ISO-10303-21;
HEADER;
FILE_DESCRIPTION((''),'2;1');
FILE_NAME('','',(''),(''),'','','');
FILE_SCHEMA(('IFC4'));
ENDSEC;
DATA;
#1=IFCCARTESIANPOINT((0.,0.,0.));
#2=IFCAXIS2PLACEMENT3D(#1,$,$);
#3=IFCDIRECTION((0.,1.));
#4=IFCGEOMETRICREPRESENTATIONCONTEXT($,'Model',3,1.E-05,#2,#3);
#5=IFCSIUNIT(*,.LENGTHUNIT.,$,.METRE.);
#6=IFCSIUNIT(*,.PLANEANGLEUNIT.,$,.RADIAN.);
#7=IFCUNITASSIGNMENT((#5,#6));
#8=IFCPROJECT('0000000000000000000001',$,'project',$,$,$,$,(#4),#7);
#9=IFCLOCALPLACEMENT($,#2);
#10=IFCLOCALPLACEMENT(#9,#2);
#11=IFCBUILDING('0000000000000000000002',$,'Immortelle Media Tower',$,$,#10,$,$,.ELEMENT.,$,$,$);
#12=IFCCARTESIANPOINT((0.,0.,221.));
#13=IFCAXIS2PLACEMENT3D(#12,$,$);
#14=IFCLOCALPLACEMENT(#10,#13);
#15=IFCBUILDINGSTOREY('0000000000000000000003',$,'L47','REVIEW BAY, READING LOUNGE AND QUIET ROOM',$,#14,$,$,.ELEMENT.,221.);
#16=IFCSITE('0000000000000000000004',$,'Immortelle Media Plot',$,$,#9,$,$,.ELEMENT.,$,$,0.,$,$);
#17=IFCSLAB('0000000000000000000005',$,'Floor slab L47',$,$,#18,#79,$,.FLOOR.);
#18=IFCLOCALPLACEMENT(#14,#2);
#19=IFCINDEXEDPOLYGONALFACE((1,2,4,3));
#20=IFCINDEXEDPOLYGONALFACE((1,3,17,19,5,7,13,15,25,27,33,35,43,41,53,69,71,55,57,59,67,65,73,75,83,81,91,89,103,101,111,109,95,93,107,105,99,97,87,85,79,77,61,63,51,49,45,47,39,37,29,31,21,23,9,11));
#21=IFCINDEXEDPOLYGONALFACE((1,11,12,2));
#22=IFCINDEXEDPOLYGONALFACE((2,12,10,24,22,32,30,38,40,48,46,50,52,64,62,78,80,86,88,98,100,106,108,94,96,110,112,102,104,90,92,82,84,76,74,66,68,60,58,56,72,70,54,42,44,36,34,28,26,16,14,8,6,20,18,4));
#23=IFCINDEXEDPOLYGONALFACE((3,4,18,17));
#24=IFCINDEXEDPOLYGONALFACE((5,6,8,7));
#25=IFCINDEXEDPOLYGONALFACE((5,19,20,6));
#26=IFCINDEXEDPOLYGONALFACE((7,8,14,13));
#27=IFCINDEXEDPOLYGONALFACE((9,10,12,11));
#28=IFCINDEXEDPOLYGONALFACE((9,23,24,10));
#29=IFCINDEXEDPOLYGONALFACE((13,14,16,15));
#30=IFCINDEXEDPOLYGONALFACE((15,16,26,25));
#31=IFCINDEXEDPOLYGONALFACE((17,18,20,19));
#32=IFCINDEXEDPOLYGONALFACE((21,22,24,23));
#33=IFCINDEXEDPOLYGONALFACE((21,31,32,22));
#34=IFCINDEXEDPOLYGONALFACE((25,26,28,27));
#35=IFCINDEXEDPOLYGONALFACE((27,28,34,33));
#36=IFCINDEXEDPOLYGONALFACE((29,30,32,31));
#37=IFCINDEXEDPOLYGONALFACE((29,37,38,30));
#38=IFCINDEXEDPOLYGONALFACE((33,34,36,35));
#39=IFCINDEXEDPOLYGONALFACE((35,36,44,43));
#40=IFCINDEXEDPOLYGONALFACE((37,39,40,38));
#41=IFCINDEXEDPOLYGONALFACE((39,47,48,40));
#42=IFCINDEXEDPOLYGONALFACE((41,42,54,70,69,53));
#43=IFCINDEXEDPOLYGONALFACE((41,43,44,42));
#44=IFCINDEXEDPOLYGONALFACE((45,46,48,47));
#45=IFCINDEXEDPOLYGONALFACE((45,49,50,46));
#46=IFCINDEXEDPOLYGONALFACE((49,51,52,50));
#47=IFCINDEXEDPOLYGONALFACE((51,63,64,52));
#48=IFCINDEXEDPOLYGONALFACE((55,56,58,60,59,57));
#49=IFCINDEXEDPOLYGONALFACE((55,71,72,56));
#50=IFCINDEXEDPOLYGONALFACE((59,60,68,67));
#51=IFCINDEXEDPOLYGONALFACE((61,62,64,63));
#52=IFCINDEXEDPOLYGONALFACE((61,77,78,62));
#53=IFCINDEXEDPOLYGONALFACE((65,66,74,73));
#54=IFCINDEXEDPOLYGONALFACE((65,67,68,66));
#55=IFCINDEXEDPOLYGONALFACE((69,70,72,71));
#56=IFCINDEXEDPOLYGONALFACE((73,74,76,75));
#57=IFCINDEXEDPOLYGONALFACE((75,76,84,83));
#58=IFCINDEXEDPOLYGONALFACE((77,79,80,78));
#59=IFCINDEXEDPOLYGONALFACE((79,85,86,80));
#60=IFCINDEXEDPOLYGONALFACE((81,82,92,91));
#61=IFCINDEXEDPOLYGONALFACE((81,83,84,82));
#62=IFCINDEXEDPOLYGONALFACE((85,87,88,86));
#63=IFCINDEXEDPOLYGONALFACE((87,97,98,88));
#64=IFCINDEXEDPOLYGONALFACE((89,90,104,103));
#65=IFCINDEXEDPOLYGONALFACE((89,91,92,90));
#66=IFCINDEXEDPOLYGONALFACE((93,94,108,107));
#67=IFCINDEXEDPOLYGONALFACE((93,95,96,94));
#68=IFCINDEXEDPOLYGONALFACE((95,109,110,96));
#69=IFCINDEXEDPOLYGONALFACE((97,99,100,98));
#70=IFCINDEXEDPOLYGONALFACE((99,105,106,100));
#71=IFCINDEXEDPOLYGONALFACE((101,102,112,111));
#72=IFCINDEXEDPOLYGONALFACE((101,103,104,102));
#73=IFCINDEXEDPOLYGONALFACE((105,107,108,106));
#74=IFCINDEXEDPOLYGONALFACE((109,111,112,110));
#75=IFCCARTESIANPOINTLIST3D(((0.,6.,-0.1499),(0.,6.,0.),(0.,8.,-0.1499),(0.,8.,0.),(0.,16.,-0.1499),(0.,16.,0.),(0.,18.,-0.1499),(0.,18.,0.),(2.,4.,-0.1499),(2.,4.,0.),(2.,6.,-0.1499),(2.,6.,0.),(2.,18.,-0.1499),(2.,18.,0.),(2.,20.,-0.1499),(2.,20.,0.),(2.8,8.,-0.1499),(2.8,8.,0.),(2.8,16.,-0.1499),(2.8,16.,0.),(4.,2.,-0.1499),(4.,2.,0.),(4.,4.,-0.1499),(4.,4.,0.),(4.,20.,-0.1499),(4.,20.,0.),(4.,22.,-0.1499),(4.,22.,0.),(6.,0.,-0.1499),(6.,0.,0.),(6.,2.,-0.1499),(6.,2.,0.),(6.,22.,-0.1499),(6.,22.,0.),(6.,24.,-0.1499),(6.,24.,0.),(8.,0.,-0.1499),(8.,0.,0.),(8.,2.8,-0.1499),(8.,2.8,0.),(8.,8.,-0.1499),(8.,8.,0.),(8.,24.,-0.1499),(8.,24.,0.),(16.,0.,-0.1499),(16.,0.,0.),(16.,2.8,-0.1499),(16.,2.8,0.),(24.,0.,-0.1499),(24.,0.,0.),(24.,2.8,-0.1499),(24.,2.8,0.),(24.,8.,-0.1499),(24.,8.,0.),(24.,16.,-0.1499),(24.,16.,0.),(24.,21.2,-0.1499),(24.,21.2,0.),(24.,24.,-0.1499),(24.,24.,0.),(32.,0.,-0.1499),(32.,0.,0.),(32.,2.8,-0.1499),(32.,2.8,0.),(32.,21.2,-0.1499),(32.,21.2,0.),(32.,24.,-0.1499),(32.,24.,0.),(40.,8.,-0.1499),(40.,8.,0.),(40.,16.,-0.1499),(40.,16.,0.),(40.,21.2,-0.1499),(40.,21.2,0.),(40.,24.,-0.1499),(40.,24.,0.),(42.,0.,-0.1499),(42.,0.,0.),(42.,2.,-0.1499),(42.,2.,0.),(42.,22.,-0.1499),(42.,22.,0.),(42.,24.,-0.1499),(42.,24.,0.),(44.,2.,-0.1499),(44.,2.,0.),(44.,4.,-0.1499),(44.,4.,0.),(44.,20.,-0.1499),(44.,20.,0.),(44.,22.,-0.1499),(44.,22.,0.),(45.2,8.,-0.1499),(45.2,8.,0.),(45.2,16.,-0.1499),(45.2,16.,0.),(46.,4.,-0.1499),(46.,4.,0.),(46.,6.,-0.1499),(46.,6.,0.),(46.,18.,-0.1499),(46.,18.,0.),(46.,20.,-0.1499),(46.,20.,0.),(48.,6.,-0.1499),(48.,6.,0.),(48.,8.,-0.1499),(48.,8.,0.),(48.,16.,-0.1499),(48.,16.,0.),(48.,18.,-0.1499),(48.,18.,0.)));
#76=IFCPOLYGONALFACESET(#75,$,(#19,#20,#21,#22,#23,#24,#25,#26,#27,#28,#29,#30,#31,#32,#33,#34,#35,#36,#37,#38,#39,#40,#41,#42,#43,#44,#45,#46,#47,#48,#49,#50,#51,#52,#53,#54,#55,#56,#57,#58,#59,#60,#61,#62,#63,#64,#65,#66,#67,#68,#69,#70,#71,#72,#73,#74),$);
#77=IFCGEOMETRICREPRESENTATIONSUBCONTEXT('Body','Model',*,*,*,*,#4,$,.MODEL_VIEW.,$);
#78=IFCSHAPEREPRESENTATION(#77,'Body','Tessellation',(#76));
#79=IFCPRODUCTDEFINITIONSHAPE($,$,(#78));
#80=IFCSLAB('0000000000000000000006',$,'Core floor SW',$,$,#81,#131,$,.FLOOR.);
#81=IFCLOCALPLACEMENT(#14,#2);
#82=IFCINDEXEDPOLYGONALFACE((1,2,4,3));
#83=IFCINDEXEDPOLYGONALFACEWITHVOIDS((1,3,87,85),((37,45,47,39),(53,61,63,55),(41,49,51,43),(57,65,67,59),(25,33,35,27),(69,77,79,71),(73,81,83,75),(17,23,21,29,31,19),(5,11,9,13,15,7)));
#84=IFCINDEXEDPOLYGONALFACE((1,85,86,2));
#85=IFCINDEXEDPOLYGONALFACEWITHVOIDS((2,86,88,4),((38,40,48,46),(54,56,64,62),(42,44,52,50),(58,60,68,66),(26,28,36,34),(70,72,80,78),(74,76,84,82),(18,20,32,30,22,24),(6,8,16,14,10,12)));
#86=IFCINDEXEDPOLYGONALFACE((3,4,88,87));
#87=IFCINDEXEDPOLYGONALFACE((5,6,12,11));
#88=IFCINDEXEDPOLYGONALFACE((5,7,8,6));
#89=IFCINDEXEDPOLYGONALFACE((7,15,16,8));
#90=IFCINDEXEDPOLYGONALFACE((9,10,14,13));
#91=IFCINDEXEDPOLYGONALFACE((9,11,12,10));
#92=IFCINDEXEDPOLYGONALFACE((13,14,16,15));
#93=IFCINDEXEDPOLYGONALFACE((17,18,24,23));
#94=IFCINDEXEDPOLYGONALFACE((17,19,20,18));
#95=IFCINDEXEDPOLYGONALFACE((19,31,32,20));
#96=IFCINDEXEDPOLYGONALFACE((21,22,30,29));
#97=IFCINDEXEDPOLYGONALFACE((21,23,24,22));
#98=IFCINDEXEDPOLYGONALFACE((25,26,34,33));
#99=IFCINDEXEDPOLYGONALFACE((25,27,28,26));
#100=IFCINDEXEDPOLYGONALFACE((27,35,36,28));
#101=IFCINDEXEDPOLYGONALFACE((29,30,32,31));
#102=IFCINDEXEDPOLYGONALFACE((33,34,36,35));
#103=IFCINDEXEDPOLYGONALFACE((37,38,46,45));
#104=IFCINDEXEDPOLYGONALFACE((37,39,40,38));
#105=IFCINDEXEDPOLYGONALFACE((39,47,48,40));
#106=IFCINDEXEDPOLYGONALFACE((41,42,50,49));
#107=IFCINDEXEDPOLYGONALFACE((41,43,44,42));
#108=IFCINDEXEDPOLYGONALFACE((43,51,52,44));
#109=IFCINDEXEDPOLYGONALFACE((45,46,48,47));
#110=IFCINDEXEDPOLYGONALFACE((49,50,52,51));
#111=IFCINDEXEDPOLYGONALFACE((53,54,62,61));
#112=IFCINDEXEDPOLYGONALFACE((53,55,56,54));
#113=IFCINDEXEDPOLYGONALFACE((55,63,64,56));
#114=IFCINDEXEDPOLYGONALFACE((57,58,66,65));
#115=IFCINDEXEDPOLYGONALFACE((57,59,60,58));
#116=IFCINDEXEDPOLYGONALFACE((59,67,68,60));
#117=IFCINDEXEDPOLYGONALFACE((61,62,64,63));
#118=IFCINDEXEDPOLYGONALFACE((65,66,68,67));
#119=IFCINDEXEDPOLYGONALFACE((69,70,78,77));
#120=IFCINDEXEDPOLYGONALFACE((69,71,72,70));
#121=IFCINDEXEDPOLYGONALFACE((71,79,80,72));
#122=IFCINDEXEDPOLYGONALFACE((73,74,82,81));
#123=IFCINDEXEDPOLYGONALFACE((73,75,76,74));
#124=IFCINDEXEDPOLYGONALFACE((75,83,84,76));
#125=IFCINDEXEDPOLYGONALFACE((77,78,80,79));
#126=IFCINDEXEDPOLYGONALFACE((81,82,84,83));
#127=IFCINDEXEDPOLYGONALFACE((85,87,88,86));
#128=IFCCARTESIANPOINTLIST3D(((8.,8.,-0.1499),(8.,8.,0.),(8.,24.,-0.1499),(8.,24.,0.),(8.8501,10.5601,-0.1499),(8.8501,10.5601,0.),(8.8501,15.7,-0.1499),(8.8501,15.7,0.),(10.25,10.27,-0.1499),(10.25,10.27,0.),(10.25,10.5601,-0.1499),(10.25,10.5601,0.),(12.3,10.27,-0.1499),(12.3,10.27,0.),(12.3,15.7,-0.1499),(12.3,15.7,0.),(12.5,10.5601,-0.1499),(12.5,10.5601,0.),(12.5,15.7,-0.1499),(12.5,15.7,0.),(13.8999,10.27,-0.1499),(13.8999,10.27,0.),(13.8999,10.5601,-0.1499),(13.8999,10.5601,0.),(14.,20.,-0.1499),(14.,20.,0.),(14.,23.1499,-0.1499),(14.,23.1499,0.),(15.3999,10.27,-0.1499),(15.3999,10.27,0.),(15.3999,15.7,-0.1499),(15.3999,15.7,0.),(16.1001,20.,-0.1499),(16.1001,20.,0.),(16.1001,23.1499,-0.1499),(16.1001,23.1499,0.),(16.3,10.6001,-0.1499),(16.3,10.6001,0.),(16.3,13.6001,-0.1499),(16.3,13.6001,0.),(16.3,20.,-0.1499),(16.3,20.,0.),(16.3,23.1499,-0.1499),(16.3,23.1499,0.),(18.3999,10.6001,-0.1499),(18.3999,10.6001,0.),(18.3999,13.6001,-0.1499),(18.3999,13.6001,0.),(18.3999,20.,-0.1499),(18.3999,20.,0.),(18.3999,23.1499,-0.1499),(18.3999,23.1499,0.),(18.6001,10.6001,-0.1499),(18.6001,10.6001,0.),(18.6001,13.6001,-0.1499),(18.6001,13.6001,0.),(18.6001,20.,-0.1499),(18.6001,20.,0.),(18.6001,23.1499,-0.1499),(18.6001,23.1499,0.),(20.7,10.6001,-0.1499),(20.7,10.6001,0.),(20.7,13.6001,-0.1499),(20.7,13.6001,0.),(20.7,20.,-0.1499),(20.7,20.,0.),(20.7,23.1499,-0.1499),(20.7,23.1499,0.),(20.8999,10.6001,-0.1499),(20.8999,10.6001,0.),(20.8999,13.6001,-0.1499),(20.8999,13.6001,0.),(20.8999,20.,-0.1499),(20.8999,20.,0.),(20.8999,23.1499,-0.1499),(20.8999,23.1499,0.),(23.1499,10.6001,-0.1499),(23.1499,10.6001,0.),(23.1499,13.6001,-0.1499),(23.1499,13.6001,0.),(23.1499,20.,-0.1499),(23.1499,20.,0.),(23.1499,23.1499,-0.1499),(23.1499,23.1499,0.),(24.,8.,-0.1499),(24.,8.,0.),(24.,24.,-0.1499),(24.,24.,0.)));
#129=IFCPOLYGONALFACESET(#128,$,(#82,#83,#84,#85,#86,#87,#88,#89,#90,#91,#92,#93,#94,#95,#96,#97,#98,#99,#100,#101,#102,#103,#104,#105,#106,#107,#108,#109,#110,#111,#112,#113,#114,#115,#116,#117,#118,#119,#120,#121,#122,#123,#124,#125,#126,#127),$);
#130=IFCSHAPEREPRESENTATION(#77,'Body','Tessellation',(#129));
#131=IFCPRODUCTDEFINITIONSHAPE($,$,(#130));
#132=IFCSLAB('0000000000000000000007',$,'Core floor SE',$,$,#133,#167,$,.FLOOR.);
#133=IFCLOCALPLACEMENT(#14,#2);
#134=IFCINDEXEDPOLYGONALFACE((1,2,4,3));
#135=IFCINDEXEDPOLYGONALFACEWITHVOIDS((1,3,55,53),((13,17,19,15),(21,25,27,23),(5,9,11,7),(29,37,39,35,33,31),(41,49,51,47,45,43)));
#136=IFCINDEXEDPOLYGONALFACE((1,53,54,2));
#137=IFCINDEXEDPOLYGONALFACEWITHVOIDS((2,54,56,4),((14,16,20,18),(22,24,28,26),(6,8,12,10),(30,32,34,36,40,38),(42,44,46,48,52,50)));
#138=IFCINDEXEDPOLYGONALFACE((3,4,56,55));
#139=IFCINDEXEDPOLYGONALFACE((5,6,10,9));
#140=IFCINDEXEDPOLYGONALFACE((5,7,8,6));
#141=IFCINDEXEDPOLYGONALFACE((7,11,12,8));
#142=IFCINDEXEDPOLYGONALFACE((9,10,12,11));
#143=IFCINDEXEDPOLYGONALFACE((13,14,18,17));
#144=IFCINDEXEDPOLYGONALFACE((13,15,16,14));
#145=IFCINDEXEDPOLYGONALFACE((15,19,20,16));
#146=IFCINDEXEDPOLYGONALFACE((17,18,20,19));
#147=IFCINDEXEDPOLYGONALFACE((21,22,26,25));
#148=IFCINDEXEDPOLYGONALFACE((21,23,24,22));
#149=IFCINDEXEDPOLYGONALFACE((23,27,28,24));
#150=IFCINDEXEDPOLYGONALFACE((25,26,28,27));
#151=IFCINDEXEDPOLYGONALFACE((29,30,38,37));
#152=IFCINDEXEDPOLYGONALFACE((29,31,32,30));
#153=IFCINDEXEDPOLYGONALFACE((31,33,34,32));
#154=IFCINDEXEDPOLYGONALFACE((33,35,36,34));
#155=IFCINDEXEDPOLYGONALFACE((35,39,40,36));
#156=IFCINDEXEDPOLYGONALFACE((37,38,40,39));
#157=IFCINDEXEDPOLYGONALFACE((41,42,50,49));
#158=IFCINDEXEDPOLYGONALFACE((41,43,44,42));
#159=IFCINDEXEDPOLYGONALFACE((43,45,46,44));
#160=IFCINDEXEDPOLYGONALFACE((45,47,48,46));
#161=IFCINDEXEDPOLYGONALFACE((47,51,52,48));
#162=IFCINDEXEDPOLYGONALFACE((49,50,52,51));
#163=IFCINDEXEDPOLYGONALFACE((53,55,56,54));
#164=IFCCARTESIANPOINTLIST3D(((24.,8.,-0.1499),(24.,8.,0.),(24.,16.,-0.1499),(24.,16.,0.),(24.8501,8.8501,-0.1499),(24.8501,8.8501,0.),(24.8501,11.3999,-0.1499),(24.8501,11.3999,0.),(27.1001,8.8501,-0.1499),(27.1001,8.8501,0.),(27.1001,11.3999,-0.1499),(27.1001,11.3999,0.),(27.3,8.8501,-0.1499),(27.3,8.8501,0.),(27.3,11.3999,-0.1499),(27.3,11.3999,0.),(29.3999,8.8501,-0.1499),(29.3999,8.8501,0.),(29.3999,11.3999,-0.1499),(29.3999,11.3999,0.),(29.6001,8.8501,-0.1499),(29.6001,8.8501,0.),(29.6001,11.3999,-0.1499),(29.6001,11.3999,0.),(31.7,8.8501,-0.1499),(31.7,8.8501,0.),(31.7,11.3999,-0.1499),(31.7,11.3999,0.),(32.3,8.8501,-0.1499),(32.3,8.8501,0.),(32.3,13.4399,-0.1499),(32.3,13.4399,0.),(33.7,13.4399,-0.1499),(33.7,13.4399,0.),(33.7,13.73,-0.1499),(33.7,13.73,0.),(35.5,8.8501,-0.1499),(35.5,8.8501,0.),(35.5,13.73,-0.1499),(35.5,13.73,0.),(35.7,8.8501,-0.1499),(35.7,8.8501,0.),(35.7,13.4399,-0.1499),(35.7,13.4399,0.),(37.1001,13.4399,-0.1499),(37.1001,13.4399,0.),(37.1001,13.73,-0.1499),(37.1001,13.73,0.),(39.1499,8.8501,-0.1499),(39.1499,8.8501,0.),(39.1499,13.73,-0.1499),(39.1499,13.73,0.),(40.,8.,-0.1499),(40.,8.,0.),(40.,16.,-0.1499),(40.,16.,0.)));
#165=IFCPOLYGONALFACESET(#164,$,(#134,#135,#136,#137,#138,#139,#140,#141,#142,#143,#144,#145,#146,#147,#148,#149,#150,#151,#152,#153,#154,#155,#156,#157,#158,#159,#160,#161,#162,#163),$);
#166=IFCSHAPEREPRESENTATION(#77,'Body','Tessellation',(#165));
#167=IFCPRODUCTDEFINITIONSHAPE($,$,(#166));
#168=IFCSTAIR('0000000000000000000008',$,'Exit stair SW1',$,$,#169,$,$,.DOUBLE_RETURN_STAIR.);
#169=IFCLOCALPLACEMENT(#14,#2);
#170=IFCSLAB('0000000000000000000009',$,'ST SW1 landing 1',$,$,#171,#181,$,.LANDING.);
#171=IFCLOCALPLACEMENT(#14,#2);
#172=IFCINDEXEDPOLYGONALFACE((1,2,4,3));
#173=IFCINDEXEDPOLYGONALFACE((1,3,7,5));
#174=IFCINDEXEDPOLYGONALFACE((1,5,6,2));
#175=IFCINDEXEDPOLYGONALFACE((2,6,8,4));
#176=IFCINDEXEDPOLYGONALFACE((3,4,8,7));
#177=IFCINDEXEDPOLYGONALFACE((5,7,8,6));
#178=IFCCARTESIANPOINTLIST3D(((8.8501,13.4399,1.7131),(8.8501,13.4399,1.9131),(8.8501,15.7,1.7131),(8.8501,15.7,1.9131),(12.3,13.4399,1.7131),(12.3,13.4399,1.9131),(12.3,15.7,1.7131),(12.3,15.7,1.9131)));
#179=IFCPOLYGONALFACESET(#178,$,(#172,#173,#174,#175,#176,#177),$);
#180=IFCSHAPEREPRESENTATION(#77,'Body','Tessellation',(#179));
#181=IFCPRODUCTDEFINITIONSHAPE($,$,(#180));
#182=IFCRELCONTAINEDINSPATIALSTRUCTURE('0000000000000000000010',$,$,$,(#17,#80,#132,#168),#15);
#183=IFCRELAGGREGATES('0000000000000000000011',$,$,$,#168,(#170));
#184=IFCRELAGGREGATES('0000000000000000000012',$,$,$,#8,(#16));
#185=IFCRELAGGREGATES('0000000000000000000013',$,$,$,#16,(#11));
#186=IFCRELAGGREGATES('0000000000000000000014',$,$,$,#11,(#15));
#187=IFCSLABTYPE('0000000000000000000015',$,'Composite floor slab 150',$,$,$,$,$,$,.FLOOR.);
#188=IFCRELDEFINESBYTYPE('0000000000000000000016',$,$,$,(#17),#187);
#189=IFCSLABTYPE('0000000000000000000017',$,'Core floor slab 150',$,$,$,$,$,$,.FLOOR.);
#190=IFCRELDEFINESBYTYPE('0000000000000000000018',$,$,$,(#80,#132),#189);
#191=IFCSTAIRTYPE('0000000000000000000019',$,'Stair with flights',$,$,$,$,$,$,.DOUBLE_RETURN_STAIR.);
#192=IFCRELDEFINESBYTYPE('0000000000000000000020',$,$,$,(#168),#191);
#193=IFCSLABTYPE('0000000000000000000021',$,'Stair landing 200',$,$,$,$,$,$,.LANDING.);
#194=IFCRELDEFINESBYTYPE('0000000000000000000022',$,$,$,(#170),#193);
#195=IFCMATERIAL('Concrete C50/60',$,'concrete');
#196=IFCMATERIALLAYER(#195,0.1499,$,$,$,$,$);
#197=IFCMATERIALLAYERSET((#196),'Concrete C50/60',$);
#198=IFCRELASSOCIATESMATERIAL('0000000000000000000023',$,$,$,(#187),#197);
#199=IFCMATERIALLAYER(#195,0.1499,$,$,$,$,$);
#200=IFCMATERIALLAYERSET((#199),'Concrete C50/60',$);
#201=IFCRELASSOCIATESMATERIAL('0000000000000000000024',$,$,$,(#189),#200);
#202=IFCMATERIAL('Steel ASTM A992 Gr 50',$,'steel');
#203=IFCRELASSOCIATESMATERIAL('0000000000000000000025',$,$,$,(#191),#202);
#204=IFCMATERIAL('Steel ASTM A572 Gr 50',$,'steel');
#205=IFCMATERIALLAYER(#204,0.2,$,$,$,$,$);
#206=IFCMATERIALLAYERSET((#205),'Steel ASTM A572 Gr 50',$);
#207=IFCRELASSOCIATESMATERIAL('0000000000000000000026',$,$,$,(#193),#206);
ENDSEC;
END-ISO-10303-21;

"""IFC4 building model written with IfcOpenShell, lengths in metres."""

from ifc_helpers import new_model, si_unit, direction, frame, origin, place, context, subcontext, project, spatial, polyline, outline, extrude, material, layer, layer_set, type_object, element, aggregate, save


model = new_model("IFC4")

# Units and contexts
model_context = context("Model", 3, precision=1e-05, world=origin(), true_north=direction((0.0, 1.0)))
body_context = subcontext(model_context, "Body", "Model", "MODEL_VIEW")
ifc_project = project(units=[si_unit("LENGTHUNIT", "METRE"), si_unit("PLANEANGLEUNIT", "RADIAN")], contexts=[model_context])

# Site, building, storey
site_placement = place(None, origin())
site = spatial("IfcSite", under=ifc_project, at=site_placement, Name="Immortelle Media Plot", CompositionType="ELEMENT", RefElevation=0.0)
building_placement = place(site_placement, origin())
building = spatial("IfcBuilding", under=site, at=building_placement, Name="Immortelle Media Tower", CompositionType="ELEMENT")
storey_placement = place(building_placement, frame((0.0, 0.0, 221.0)))
storey = spatial("IfcBuildingStorey", under=building, at=storey_placement, Name="L47", Description="REVIEW BAY, READING LOUNGE AND QUIET ROOM", CompositionType="ELEMENT", Elevation=221.0)

# Shared definitions
ifc_material_1 = material(Name="Steel ASTM A992 Gr 50", Category="steel")

# Slabs
ifc_material_2 = material(Name="Concrete C50/60", Category="concrete")
ifc_layer_1 = layer(ifc_material_2, 0.1499)
ifc_layer_set_1 = layer_set([ifc_layer_1], Name="Concrete C50/60")
slab_type_1 = type_object("IfcSlabType", Name="Composite floor slab 150", PredefinedType="FLOOR", material=ifc_layer_set_1)
slab_1_placement = place(storey_placement, frame((0.0, 0.0, -0.1499)))
element("IfcSlab", 1, at=slab_1_placement, inside=storey, type_object=slab_type_1, Name="Floor slab L47", PredefinedType="FLOOR", context=body_context, shape_type="SweptSolid", body=[
    extrude(outline(polyline([(6.0, 0.0), (6.0, 2.0), (4.0, 2.0), (4.0, 4.0), (2.0, 4.0), (2.0, 6.0), (0.0, 6.0), (0.0, 8.0), (2.8, 8.0), (2.8, 16.0), (0.0, 16.0), (0.0, 18.0), (2.0, 18.0), (2.0, 20.0), (4.0, 20.0), (4.0, 22.0), (6.0, 22.0), (6.0, 24.0), (8.0, 24.0), (8.0, 8.0), (24.0, 8.0), (40.0, 8.0), (40.0, 16.0), (24.0, 16.0), (24.0, 21.2), (24.0, 24.0), (32.0, 24.0), (32.0, 21.2), (40.0, 21.2), (40.0, 24.0), (42.0, 24.0), (42.0, 22.0), (44.0, 22.0), (44.0, 20.0), (46.0, 20.0), (46.0, 18.0), (48.0, 18.0), (48.0, 16.0), (45.2, 16.0), (45.2, 8.0), (48.0, 8.0), (48.0, 6.0), (46.0, 6.0), (46.0, 4.0), (44.0, 4.0), (44.0, 2.0), (42.0, 2.0), (42.0, 0.0), (32.0, 0.0), (32.0, 2.8), (24.0, 2.8), (24.0, 0.0), (16.0, 0.0), (16.0, 2.8), (8.0, 2.8), (8.0, 0.0), (6.0, 0.0)])), origin(), (0.0, 0.0, 1.0), 0.1499),
])
ifc_layer_2 = layer(ifc_material_2, 0.1499)
ifc_layer_set_2 = layer_set([ifc_layer_2], Name="Concrete C50/60")
slab_type_2 = type_object("IfcSlabType", Name="Core floor slab 150", PredefinedType="FLOOR", material=ifc_layer_set_2)
slab_2_placement = place(storey_placement, frame((0.0, 0.0, -0.1499)))
element("IfcSlab", 2, at=slab_2_placement, inside=storey, type_object=slab_type_2, Name="Core floor SW", PredefinedType="FLOOR", context=body_context, shape_type="SweptSolid", body=[
    extrude(outline(polyline([(8.0, 8.0), (24.0, 8.0), (24.0, 24.0), (8.0, 24.0), (8.0, 8.0)]), holes=[polyline([(14.0, 20.0), (16.1001, 20.0), (16.1001, 23.1499), (14.0, 23.1499), (14.0, 20.0)]), polyline([(16.3, 20.0), (18.3999, 20.0), (18.3999, 23.1499), (16.3, 23.1499), (16.3, 20.0)]), polyline([(18.6001, 20.0), (20.7, 20.0), (20.7, 23.1499), (18.6001, 23.1499), (18.6001, 20.0)]), polyline([(20.8999, 20.0), (23.1499, 20.0), (23.1499, 23.1499), (20.8999, 23.1499), (20.8999, 20.0)]), polyline([(16.3, 10.6001), (18.3999, 10.6001), (18.3999, 13.6001), (16.3, 13.6001), (16.3, 10.6001)]), polyline([(18.6001, 10.6001), (20.7, 10.6001), (20.7, 13.6001), (18.6001, 13.6001), (18.6001, 10.6001)]), polyline([(20.8999, 10.6001), (23.1499, 10.6001), (23.1499, 13.6001), (20.8999, 13.6001), (20.8999, 10.6001)]), polyline([(8.8501, 15.7), (12.3, 15.7), (12.3, 10.27), (10.25, 10.27), (10.25, 10.5601), (8.8501, 10.5601), (8.8501, 15.7)]), polyline([(12.5, 15.7), (15.3999, 15.7), (15.3999, 10.27), (13.8999, 10.27), (13.8999, 10.5601), (12.5, 10.5601), (12.5, 15.7)])]), origin(), (0.0, 0.0, 1.0), 0.1499),
])
slab_3_placement = place(storey_placement, frame((0.0, 0.0, -0.1499)))
element("IfcSlab", 3, at=slab_3_placement, inside=storey, type_object=slab_type_2, Name="Core floor SE", PredefinedType="FLOOR", context=body_context, shape_type="SweptSolid", body=[
    extrude(outline(polyline([(24.0, 8.0), (40.0, 8.0), (40.0, 16.0), (24.0, 16.0), (24.0, 8.0)]), holes=[polyline([(24.8501, 8.8501), (27.1001, 8.8501), (27.1001, 11.3999), (24.8501, 11.3999), (24.8501, 8.8501)]), polyline([(27.3, 8.8501), (29.3999, 8.8501), (29.3999, 11.3999), (27.3, 11.3999), (27.3, 8.8501)]), polyline([(29.6001, 8.8501), (31.7, 8.8501), (31.7, 11.3999), (29.6001, 11.3999), (29.6001, 8.8501)]), polyline([(35.5, 13.73), (35.5, 8.8501), (32.3, 8.8501), (32.3, 13.4399), (33.7, 13.4399), (33.7, 13.73), (35.5, 13.73)]), polyline([(39.1499, 13.73), (39.1499, 8.8501), (35.7, 8.8501), (35.7, 13.4399), (37.1001, 13.4399), (37.1001, 13.73), (39.1499, 13.73)])]), origin(), (0.0, 0.0, 1.0), 0.1499),
])

# Stair, slab
stair_type = type_object("IfcStairType", Name="Stair with flights", PredefinedType="DOUBLE_RETURN_STAIR", material=ifc_material_1)
stair_1_placement = place(storey_placement, origin())
stair_1 = element("IfcStair", 4, at=stair_1_placement, inside=storey, type_object=stair_type, Name="Exit stair SW1", PredefinedType="DOUBLE_RETURN_STAIR")
ifc_material_3 = material(Name="Steel ASTM A572 Gr 50", Category="steel")
ifc_layer_3 = layer(ifc_material_3, 0.2)
ifc_layer_set_3 = layer_set([ifc_layer_3], Name="Steel ASTM A572 Gr 50")
slab_type_3 = type_object("IfcSlabType", Name="Stair landing 200", PredefinedType="LANDING", material=ifc_layer_set_3)
slab_4_placement = place(storey_placement, frame((0.0, 0.0, 1.7131)))
slab_4 = element("IfcSlab", 5, at=slab_4_placement, type_object=slab_type_3, Name="ST SW1 landing 1", PredefinedType="LANDING", context=body_context, shape_type="SweptSolid", body=[
    extrude(outline(polyline([(8.8501, 13.4399), (12.3, 13.4399), (12.3, 15.7), (8.8501, 15.7), (8.8501, 13.4399)])), origin(), (0.0, 0.0, 1.0), 0.2),
])
aggregate(stair_1, [slab_4])

save(model, "model.ifc")
